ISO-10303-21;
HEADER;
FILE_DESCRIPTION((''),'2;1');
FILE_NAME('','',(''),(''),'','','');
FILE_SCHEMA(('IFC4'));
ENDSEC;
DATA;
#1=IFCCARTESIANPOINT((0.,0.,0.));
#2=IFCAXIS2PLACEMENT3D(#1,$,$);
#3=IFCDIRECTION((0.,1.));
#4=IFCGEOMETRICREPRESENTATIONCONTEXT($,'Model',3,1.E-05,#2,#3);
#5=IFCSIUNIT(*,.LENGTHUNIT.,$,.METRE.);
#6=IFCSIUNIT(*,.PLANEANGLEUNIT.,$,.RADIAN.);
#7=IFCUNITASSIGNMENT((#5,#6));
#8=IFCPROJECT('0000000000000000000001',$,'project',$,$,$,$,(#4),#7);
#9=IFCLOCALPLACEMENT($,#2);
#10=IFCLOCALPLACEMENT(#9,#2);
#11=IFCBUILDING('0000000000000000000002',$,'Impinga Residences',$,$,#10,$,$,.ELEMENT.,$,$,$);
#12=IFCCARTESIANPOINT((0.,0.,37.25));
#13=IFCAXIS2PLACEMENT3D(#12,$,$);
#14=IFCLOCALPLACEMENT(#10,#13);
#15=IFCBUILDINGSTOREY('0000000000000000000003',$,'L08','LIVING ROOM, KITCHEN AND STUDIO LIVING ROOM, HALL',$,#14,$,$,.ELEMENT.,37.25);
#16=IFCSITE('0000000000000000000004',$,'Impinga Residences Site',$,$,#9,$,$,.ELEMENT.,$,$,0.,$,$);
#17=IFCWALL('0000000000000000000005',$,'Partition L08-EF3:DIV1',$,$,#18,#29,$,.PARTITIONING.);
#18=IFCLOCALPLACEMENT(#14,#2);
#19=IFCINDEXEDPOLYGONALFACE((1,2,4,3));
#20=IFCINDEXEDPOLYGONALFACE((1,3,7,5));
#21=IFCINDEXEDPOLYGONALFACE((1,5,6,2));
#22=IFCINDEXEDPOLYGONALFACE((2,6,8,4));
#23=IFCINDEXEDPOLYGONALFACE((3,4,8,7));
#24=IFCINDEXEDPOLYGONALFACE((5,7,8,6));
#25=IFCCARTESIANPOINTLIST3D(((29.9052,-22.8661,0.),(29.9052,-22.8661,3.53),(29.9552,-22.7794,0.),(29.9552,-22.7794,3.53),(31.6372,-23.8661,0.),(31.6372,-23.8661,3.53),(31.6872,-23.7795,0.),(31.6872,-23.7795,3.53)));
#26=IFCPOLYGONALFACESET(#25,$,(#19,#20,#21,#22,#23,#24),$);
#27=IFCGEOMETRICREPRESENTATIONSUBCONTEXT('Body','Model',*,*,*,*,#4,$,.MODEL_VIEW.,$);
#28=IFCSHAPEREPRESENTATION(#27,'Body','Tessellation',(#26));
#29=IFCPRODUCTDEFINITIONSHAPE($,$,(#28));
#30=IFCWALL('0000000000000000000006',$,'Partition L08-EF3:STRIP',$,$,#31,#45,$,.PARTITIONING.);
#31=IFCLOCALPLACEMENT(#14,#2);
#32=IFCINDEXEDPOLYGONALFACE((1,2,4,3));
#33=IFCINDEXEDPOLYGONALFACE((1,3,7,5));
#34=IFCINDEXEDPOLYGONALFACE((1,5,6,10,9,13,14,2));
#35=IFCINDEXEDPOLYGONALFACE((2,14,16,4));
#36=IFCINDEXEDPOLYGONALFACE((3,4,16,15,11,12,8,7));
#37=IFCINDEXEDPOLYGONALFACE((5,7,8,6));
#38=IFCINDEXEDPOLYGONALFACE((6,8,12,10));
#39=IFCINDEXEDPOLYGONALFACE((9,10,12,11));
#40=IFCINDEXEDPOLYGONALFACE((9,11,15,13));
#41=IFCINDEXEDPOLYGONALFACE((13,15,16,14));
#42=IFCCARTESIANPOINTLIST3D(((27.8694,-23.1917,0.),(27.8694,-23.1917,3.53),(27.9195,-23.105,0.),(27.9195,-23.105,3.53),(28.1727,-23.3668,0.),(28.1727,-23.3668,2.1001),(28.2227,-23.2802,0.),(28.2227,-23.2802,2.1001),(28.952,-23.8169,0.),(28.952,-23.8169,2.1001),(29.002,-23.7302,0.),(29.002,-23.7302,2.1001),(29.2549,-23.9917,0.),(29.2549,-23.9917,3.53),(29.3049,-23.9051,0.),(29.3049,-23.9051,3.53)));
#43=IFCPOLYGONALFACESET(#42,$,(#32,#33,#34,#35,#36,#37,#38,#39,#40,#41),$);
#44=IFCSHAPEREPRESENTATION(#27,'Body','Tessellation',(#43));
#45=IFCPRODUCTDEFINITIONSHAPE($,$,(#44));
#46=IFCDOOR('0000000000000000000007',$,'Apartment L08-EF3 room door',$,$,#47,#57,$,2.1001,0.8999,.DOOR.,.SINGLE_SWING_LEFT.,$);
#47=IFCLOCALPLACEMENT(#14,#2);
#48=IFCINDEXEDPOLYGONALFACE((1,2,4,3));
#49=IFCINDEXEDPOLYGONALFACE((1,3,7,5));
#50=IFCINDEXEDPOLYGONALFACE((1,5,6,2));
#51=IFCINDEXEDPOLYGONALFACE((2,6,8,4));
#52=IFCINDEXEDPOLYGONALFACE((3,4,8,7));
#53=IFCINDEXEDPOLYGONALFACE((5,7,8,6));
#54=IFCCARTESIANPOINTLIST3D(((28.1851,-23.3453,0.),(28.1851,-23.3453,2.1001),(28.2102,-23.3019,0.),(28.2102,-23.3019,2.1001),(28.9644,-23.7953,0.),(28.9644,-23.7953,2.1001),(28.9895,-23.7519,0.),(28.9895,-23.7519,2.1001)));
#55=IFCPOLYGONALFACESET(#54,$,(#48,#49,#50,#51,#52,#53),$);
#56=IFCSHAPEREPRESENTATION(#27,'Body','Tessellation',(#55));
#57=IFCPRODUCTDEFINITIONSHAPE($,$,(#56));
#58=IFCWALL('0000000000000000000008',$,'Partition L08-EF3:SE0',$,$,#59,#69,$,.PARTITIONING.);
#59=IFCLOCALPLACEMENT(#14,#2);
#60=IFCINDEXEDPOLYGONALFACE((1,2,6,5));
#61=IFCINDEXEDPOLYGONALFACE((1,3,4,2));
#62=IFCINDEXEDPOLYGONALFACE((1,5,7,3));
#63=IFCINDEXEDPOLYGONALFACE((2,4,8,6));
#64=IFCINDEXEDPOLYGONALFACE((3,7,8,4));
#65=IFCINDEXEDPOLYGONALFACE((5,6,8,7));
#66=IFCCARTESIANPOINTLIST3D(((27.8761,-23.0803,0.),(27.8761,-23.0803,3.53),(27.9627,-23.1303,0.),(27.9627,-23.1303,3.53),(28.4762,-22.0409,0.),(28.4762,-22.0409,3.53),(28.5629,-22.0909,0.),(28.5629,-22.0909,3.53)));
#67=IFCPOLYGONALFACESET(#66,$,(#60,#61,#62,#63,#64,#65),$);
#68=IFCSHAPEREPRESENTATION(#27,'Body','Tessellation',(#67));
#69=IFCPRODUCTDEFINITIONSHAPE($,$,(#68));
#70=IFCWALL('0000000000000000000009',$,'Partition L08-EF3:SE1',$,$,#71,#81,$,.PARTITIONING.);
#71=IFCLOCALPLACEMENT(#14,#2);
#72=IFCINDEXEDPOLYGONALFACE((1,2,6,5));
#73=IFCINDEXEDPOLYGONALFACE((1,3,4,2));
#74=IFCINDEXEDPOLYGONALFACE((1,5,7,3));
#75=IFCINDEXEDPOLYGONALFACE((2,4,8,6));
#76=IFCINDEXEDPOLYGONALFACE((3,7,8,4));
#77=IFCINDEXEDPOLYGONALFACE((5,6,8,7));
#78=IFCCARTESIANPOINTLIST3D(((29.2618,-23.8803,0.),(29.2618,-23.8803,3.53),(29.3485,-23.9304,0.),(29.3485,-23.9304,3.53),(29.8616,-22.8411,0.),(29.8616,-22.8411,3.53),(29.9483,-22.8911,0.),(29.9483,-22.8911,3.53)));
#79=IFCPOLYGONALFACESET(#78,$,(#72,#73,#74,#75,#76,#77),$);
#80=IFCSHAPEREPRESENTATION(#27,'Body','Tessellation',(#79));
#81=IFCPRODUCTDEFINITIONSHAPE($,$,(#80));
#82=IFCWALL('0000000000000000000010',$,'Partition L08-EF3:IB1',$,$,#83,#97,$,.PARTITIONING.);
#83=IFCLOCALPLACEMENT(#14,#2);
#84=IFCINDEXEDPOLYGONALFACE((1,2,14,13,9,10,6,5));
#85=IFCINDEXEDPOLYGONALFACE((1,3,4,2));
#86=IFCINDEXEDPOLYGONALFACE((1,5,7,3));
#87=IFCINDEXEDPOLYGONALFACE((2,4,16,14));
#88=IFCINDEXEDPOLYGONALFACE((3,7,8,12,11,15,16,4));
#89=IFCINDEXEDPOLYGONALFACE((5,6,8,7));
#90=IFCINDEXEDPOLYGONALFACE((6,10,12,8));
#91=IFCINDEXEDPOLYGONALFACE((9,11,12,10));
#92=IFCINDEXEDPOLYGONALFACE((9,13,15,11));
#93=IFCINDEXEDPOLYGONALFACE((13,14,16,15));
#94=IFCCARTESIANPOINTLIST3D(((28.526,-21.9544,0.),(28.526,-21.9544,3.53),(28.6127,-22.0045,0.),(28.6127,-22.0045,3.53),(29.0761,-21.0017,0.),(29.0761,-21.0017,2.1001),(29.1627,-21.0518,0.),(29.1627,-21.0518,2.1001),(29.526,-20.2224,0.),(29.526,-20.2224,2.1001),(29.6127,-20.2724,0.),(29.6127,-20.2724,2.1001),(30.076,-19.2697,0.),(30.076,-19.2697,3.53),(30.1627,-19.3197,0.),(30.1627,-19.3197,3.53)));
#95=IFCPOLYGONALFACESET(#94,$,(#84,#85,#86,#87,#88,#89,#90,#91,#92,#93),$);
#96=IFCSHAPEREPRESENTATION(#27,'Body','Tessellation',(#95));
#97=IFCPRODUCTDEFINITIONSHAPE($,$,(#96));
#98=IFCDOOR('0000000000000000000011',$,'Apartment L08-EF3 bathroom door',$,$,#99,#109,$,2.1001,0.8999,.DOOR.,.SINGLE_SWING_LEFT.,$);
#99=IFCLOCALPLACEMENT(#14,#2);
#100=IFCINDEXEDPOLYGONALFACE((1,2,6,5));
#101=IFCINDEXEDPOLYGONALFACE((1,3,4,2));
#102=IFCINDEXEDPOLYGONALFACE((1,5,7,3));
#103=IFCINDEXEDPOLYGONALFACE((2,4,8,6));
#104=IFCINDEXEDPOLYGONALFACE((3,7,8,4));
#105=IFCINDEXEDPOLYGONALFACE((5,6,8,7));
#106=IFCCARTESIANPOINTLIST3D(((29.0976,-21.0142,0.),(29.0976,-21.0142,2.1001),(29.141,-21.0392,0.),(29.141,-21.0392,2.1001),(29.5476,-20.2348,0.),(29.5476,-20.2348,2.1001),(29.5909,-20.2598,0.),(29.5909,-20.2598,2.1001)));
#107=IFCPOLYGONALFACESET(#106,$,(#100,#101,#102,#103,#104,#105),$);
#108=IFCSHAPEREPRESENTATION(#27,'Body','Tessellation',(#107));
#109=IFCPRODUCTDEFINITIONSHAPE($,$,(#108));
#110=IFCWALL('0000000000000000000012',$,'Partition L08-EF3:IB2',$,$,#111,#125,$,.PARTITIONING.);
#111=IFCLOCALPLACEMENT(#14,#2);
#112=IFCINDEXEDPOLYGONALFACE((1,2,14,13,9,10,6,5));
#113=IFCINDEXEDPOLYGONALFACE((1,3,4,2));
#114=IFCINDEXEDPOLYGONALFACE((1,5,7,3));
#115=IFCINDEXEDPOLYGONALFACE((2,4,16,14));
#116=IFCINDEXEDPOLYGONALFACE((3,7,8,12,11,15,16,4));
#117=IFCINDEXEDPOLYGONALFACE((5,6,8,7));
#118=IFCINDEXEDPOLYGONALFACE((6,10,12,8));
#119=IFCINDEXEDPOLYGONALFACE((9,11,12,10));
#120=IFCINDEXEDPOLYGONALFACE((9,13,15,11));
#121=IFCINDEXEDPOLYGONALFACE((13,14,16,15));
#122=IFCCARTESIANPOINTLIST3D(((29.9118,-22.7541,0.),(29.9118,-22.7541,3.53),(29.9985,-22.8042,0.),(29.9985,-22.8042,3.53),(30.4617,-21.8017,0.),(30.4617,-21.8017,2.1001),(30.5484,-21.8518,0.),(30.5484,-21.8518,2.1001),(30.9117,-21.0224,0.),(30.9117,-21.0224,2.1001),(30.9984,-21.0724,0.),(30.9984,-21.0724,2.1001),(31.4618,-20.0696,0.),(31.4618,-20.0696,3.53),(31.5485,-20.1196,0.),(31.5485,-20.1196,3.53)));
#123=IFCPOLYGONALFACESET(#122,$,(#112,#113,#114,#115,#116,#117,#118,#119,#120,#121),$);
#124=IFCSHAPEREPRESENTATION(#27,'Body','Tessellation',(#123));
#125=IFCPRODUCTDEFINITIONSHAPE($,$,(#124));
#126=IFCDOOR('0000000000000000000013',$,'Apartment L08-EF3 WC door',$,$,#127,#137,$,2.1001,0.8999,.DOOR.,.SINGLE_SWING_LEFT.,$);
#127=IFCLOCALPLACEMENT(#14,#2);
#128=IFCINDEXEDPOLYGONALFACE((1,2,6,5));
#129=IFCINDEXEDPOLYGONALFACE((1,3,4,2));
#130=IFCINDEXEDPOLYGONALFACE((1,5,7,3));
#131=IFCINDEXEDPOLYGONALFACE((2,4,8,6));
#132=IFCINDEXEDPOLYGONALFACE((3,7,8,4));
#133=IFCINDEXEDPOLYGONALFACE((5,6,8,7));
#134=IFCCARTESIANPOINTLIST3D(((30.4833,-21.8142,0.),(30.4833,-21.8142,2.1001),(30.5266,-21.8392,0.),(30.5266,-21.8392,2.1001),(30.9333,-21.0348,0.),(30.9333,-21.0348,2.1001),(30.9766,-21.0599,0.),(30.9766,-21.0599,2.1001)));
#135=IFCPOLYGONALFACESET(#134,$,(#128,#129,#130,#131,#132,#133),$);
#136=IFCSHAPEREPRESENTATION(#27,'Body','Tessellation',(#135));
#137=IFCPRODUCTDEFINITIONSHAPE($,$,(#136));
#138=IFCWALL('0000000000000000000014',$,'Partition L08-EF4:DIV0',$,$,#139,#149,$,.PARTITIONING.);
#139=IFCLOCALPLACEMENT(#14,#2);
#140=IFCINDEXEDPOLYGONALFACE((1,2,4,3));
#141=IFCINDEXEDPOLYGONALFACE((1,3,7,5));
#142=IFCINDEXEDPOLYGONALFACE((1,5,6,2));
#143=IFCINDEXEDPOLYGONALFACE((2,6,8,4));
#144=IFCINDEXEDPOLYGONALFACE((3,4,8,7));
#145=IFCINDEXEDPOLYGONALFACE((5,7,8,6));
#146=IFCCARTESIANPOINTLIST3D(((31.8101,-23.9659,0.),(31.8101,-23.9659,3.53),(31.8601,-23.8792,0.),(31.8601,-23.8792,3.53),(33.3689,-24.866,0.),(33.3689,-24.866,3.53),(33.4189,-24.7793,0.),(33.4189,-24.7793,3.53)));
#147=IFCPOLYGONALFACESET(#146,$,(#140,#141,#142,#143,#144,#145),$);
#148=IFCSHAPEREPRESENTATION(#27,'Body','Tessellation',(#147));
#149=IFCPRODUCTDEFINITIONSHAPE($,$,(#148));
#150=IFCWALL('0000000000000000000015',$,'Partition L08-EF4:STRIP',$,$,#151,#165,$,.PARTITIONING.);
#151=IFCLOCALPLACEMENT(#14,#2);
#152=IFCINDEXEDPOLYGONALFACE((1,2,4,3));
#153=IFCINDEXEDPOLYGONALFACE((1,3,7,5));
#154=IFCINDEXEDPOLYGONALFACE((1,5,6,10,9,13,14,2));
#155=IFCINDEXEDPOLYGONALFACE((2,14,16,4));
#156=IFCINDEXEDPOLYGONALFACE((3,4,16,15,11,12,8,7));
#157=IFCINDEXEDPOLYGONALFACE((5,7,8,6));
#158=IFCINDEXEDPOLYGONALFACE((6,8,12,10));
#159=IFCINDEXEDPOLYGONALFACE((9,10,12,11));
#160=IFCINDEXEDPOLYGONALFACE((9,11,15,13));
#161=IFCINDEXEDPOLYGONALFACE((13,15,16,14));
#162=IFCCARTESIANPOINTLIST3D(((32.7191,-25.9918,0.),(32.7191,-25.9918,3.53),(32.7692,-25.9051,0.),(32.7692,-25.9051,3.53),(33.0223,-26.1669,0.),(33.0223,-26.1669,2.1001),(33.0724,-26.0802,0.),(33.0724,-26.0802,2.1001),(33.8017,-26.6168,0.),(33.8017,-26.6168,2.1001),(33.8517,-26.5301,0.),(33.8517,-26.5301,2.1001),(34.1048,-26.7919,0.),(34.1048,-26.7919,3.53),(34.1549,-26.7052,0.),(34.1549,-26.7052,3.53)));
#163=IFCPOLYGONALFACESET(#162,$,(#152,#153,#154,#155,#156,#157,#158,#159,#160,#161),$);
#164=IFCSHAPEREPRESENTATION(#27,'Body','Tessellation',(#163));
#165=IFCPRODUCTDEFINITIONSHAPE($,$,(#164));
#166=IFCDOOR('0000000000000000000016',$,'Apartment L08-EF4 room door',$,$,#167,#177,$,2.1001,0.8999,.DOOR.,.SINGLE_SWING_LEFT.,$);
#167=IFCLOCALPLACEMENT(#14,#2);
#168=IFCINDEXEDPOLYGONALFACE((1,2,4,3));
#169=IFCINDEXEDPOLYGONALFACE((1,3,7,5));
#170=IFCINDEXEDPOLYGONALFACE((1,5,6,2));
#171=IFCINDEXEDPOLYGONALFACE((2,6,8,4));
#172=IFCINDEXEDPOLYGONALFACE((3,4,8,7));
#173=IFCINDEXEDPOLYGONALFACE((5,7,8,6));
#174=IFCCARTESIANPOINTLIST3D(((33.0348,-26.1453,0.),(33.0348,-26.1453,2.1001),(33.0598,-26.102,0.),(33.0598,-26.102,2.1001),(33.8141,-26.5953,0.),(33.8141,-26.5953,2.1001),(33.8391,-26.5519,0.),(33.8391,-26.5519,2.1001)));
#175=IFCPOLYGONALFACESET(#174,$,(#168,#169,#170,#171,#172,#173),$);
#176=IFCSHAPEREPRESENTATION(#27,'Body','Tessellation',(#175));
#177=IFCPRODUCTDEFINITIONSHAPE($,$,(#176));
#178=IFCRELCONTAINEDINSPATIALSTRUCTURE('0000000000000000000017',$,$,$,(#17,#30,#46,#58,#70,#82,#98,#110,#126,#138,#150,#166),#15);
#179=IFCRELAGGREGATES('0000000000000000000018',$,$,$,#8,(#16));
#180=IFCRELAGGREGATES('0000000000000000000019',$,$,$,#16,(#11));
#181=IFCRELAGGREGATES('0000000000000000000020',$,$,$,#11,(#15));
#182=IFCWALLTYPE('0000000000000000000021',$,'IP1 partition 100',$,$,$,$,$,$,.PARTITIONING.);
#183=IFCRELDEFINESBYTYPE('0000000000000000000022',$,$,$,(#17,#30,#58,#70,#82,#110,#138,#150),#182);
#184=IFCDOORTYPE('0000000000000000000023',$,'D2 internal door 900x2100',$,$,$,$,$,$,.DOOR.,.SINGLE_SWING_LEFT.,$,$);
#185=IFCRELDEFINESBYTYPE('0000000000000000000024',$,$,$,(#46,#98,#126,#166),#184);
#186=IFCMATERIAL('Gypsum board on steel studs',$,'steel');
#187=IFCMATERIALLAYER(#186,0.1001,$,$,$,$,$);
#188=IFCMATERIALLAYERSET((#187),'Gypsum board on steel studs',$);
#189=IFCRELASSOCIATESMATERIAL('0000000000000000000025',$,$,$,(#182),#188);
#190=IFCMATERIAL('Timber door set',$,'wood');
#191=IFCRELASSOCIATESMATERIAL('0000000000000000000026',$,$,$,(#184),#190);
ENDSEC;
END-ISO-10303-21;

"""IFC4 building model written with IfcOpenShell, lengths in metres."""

from ifc_helpers import new_model, si_unit, direction, frame, frame_2d, origin, place, context, subcontext, project, spatial, rectangle, extrude, material, layer, layer_set, type_object, element, fill, save


model = new_model("IFC4")

# Units and contexts
model_context = context("Model", 3, precision=1e-05, world=origin(), true_north=direction((0.0, 1.0)))
body_context = subcontext(model_context, "Body", "Model", "MODEL_VIEW")
ifc_project = project(units=[si_unit("LENGTHUNIT", "METRE"), si_unit("PLANEANGLEUNIT", "RADIAN")], contexts=[model_context])

# Site, building, storey
site_placement = place(None, origin())
site = spatial("IfcSite", under=ifc_project, at=site_placement, Name="Impinga Residences Site", CompositionType="ELEMENT", RefElevation=0.0)
building_placement = place(site_placement, origin())
building = spatial("IfcBuilding", under=site, at=building_placement, Name="Impinga Residences", CompositionType="ELEMENT")
storey_placement = place(building_placement, frame((0.0, 0.0, 37.25)))
storey = spatial("IfcBuildingStorey", under=building, at=storey_placement, Name="L08", Description="LIVING ROOM, KITCHEN AND STUDIO LIVING ROOM, HALL", CompositionType="ELEMENT", Elevation=37.25)

# Wall
ifc_material_1 = material(Name="Gypsum board on steel studs", Category="steel")
ifc_layer_1 = layer(ifc_material_1, 0.1001)
ifc_layer_set_1 = layer_set([ifc_layer_1], Name="Gypsum board on steel studs")
wall_type_1 = type_object("IfcWallType", Name="IP1 partition 100", PredefinedType="PARTITIONING", material=ifc_layer_set_1)
wall_1_placement = place(storey_placement, frame((29.9302, -22.8228, 0.0), z_axis=(0.0, 0.0, 1.0), x_axis=(0.866011, -0.500025, 0.0)))
element("IfcWall", 1, at=wall_1_placement, inside=storey, type_object=wall_type_1, Name="Partition L08-EF3:DIV1", PredefinedType="PARTITIONING", context=body_context, shape_type="SweptSolid", body=[
    extrude(rectangle(XDim=2.0, YDim=0.1001, at=frame_2d((1.0, 0.0))), origin(), (0.0, 0.0, 1.0), 3.53),
])

# Wall, opening, door
wall_2_placement = place(storey_placement, frame((27.8945, -23.1484, 0.0), z_axis=(0.0, 0.0, 1.0), x_axis=(0.86599, -0.500061, 0.0)))
wall_2 = element("IfcWall", 2, at=wall_2_placement, inside=storey, type_object=wall_type_1, Name="Partition L08-EF3:STRIP", PredefinedType="PARTITIONING", context=body_context, shape_type="SweptSolid", body=[
    extrude(rectangle(XDim=1.5999, YDim=0.1001, at=frame_2d((0.7998, 0.0))), origin(), (0.0, 0.0, 1.0), 3.53),
])
opening_1_placement = place(wall_2_placement, frame((0.3501, 0.0, 0.0)))
opening_1 = element("IfcOpeningElement", 3, at=opening_1_placement, cuts=wall_2, PredefinedType="OPENING", context=body_context, shape_type="SweptSolid", body=[
    extrude(rectangle(XDim=0.8999, YDim=2.1001, at=frame_2d((0.45, 1.05))), frame((0.0, 0.0601, 0.0), z_axis=(0.0, -1.0, 0.0), x_axis=(1.0, 0.0, 0.0)), (0.0, 0.0, 1.0), 0.1201),
])
ifc_material_2 = material(Name="Timber door set", Category="wood")
door_type = type_object("IfcDoorType", Name="D2 internal door 900x2100", OperationType="SINGLE_SWING_LEFT", PredefinedType="DOOR", material=ifc_material_2)
door_1_placement = place(opening_1_placement, origin())
door_1 = element("IfcDoor", 4, at=door_1_placement, inside=storey, type_object=door_type, Name="Apartment L08-EF3 room door", OperationType="SINGLE_SWING_LEFT", OverallHeight=2.1001, OverallWidth=0.8999, PredefinedType="DOOR", context=body_context, shape_type="SweptSolid", body=[
    extrude(rectangle(XDim=0.8999, YDim=2.1001, at=frame_2d((0.45, 1.05))), frame((0.0, 0.0249, 0.0), z_axis=(0.0, -1.0, 0.0), x_axis=(1.0, 0.0, 0.0)), (0.0, 0.0, 1.0), 0.05),
])
fill(opening_1, door_1)

# Walls
wall_3_placement = place(storey_placement, frame((28.5195, -22.0659, 0.0), z_axis=(0.0, 0.0, 1.0), x_axis=(-0.500034, -0.866006, 0.0)))
element("IfcWall", 5, at=wall_3_placement, inside=storey, type_object=wall_type_1, Name="Partition L08-EF3:SE0", PredefinedType="PARTITIONING", context=body_context, shape_type="SweptSolid", body=[
    extrude(rectangle(XDim=1.2002, YDim=0.1001, at=frame_2d((0.6001, 0.0))), origin(), (0.0, 0.0, 1.0), 3.53),
])
wall_4_placement = place(storey_placement, frame((29.905, -22.866, 0.0), z_axis=(0.0, 0.0, 1.0), x_axis=(-0.499881, -0.866094, 0.0)))
element("IfcWall", 6, at=wall_4_placement, inside=storey, type_object=wall_type_1, Name="Partition L08-EF3:SE1", PredefinedType="PARTITIONING", context=body_context, shape_type="SweptSolid", body=[
    extrude(rectangle(XDim=1.2, YDim=0.1001, at=frame_2d((0.6001, 0.0))), origin(), (0.0, 0.0, 1.0), 3.53),
])

# Walls, openings, doors
wall_5_placement = place(storey_placement, frame((30.1194, -19.2947, 0.0), z_axis=(0.0, 0.0, 1.0), x_axis=(-0.499993, -0.86603, 0.0)))
wall_5 = element("IfcWall", 7, at=wall_5_placement, inside=storey, type_object=wall_type_1, Name="Partition L08-EF3:IB1", PredefinedType="PARTITIONING", context=body_context, shape_type="SweptSolid", body=[
    extrude(rectangle(XDim=3.1001, YDim=0.1001, at=frame_2d((1.55, 0.0))), origin(), (0.0, 0.0, 1.0), 3.53),
])
opening_2_placement = place(wall_5_placement, frame((1.1001, 0.0, 0.0)))
opening_2 = element("IfcOpeningElement", 8, at=opening_2_placement, cuts=wall_5, PredefinedType="OPENING", context=body_context, shape_type="SweptSolid", body=[
    extrude(rectangle(XDim=0.8999, YDim=2.1001, at=frame_2d((0.45, 1.05))), frame((0.0, 0.0601, 0.0), z_axis=(0.0, -1.0, 0.0), x_axis=(1.0, 0.0, 0.0)), (0.0, 0.0, 1.0), 0.1201),
])
door_2_placement = place(opening_2_placement, origin())
door_2 = element("IfcDoor", 9, at=door_2_placement, inside=storey, type_object=door_type, Name="Apartment L08-EF3 bathroom door", OperationType="SINGLE_SWING_LEFT", OverallHeight=2.1001, OverallWidth=0.8999, PredefinedType="DOOR", context=body_context, shape_type="SweptSolid", body=[
    extrude(rectangle(XDim=0.8999, YDim=2.1001, at=frame_2d((0.45, 1.05))), frame((0.0, 0.0249, 0.0), z_axis=(0.0, -1.0, 0.0), x_axis=(1.0, 0.0, 0.0)), (0.0, 0.0, 1.0), 0.05),
])
fill(opening_2, door_2)
wall_6_placement = place(storey_placement, frame((31.5051, -20.0947, 0.0), z_axis=(0.0, 0.0, 1.0), x_axis=(-0.500027, -0.86601, 0.0)))
wall_6 = element("IfcWall", 10, at=wall_6_placement, inside=storey, type_object=wall_type_1, Name="Partition L08-EF3:IB2", PredefinedType="PARTITIONING", context=body_context, shape_type="SweptSolid", body=[
    extrude(rectangle(XDim=3.0999, YDim=0.1001, at=frame_2d((1.5498, 0.0))), origin(), (0.0, 0.0, 1.0), 3.53),
])
opening_3_placement = place(wall_6_placement, frame((1.1001, 0.0, 0.0)))
opening_3 = element("IfcOpeningElement", 11, at=opening_3_placement, cuts=wall_6, PredefinedType="OPENING", context=body_context, shape_type="SweptSolid", body=[
    extrude(rectangle(XDim=0.8999, YDim=2.1001, at=frame_2d((0.45, 1.05))), frame((0.0, 0.0601, 0.0), z_axis=(0.0, -1.0, 0.0), x_axis=(1.0, 0.0, 0.0)), (0.0, 0.0, 1.0), 0.1201),
])
door_3_placement = place(opening_3_placement, origin())
door_3 = element("IfcDoor", 12, at=door_3_placement, inside=storey, type_object=door_type, Name="Apartment L08-EF3 WC door", OperationType="SINGLE_SWING_LEFT", OverallHeight=2.1001, OverallWidth=0.8999, PredefinedType="DOOR", context=body_context, shape_type="SweptSolid", body=[
    extrude(rectangle(XDim=0.8999, YDim=2.1001, at=frame_2d((0.45, 1.05))), frame((0.0, 0.0249, 0.0), z_axis=(0.0, -1.0, 0.0), x_axis=(1.0, 0.0, 0.0)), (0.0, 0.0, 1.0), 0.05),
])
fill(opening_3, door_3)

# Wall
wall_7_placement = place(storey_placement, frame((31.8352, -23.9226, 0.0), z_axis=(0.0, 0.0, 1.0), x_axis=(0.865989, -0.500063, 0.0)))
element("IfcWall", 13, at=wall_7_placement, inside=storey, type_object=wall_type_1, Name="Partition L08-EF4:DIV0", PredefinedType="PARTITIONING", context=body_context, shape_type="SweptSolid", body=[
    extrude(rectangle(XDim=1.8, YDim=0.1001, at=frame_2d((0.8999, 0.0))), origin(), (0.0, 0.0, 1.0), 3.53),
])

# Wall, opening, door
wall_8_placement = place(storey_placement, frame((32.7441, -25.9485, 0.0), z_axis=(0.0, 0.0, 1.0), x_axis=(0.866028, -0.499995, 0.0)))
wall_8 = element("IfcWall", 14, at=wall_8_placement, inside=storey, type_object=wall_type_1, Name="Partition L08-EF4:STRIP", PredefinedType="PARTITIONING", context=body_context, shape_type="SweptSolid", body=[
    extrude(rectangle(XDim=1.6001, YDim=0.1001, at=frame_2d((0.8, 0.0))), origin(), (0.0, 0.0, 1.0), 3.53),
])
opening_4_placement = place(wall_8_placement, frame((0.3501, 0.0, 0.0)))
opening_4 = element("IfcOpeningElement", 15, at=opening_4_placement, cuts=wall_8, PredefinedType="OPENING", context=body_context, shape_type="SweptSolid", body=[
    extrude(rectangle(XDim=0.8999, YDim=2.1001, at=frame_2d((0.45, 1.05))), frame((0.0, 0.0601, 0.0), z_axis=(0.0, -1.0, 0.0), x_axis=(1.0, 0.0, 0.0)), (0.0, 0.0, 1.0), 0.1201),
])
door_4_placement = place(opening_4_placement, origin())
door_4 = element("IfcDoor", 16, at=door_4_placement, inside=storey, type_object=door_type, Name="Apartment L08-EF4 room door", OperationType="SINGLE_SWING_LEFT", OverallHeight=2.1001, OverallWidth=0.8999, PredefinedType="DOOR", context=body_context, shape_type="SweptSolid", body=[
    extrude(rectangle(XDim=0.8999, YDim=2.1001, at=frame_2d((0.45, 1.05))), frame((0.0, 0.0249, 0.0), z_axis=(0.0, -1.0, 0.0), x_axis=(1.0, 0.0, 0.0)), (0.0, 0.0, 1.0), 0.05),
])
fill(opening_4, door_4)

save(model, "model.ifc")
